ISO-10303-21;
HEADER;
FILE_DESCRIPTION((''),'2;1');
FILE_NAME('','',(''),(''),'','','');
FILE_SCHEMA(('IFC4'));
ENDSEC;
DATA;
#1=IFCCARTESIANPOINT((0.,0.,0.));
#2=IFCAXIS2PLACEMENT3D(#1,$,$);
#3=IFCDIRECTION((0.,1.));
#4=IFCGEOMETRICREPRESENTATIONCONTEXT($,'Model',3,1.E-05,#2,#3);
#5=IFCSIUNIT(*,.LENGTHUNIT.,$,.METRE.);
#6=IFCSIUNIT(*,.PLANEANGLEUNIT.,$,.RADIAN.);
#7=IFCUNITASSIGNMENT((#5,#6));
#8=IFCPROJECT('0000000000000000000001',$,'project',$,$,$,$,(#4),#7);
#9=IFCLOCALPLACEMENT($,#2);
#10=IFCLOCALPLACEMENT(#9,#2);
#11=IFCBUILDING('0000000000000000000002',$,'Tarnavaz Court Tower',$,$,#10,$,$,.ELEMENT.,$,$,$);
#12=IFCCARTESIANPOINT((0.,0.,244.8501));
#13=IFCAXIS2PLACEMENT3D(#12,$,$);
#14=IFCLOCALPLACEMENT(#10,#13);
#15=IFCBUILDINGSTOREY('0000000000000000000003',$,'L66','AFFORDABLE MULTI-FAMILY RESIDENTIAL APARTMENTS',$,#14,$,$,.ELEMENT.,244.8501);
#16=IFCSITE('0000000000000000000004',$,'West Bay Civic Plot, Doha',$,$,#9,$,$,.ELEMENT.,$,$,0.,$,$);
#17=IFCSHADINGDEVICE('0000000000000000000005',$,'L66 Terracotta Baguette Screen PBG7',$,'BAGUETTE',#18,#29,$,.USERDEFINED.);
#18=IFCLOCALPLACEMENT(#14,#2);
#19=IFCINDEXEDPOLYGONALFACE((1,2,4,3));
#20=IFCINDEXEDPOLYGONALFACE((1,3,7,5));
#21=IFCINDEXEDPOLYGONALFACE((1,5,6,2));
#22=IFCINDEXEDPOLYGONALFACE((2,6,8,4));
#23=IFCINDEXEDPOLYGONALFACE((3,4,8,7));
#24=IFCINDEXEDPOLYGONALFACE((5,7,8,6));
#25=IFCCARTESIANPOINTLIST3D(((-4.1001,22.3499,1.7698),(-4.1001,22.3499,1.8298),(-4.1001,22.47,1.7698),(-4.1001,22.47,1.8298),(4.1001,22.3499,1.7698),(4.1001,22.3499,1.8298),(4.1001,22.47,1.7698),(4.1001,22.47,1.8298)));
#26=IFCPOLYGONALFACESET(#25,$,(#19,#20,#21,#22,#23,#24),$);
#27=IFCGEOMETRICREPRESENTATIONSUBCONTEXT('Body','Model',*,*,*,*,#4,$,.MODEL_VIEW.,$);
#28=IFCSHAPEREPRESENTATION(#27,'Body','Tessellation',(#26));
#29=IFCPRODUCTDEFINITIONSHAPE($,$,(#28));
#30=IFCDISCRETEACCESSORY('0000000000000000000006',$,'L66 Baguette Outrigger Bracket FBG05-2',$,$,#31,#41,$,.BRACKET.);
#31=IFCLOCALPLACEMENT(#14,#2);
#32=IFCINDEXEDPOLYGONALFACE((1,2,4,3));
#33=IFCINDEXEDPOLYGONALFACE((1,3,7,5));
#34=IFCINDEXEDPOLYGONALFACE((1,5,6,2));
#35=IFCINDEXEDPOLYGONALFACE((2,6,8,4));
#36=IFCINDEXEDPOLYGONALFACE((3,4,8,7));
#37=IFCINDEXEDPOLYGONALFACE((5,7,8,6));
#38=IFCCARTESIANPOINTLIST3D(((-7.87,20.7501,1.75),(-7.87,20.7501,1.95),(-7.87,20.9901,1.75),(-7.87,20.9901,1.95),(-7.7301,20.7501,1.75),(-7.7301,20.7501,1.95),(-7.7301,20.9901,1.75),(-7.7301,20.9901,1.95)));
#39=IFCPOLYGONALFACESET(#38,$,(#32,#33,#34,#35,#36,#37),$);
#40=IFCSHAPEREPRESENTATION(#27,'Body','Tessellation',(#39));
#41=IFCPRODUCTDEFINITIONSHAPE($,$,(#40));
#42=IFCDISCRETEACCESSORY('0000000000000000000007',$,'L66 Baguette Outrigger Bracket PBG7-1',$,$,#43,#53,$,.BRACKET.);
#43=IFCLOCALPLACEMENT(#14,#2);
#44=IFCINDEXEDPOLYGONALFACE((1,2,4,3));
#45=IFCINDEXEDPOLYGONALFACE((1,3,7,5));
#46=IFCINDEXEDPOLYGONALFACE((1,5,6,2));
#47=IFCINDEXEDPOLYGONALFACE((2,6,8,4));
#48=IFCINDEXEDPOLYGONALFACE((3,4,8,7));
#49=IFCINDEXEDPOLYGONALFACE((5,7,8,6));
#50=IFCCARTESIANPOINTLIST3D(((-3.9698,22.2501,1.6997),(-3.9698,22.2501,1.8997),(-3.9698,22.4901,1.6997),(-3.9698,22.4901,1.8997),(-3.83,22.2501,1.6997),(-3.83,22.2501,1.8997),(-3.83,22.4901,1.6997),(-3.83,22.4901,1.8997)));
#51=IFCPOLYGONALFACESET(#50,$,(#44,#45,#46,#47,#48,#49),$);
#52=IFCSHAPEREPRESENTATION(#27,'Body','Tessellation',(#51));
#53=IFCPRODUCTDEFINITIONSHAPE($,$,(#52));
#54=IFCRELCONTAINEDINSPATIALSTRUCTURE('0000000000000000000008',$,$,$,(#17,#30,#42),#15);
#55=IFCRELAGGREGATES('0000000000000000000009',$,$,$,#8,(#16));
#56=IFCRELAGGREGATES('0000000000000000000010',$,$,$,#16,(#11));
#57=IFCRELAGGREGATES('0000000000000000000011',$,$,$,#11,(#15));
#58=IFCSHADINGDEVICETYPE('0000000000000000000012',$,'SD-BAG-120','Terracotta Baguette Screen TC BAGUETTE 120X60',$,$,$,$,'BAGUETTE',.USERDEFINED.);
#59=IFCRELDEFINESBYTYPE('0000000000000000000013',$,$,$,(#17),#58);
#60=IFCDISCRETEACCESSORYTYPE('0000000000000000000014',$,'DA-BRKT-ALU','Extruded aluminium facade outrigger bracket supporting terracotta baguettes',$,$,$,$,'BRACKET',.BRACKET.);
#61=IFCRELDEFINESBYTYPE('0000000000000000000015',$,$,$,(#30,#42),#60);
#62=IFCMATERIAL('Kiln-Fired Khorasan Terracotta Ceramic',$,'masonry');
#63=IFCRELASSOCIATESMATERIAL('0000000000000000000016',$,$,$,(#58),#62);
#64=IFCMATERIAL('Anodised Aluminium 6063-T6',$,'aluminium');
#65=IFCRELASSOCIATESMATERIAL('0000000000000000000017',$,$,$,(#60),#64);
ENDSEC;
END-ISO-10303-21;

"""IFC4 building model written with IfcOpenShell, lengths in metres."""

from ifc_helpers import new_model, si_unit, direction, frame, origin, origin_2d, place, context, subcontext, project, spatial, rectangle, extrude, material, material_profile, profile_set, type_object, element, save


model = new_model("IFC4")

# Units and contexts
model_context = context("Model", 3, precision=1e-05, world=origin(), true_north=direction((0.0, 1.0)))
body_context = subcontext(model_context, "Body", "Model", "MODEL_VIEW")
ifc_project = project(units=[si_unit("LENGTHUNIT", "METRE"), si_unit("PLANEANGLEUNIT", "RADIAN")], contexts=[model_context])

# Site, building, storey
site_placement = place(None, origin())
site = spatial("IfcSite", under=ifc_project, at=site_placement, Name="West Bay Civic Plot, Doha", CompositionType="ELEMENT", RefElevation=0.0)
building_placement = place(site_placement, origin())
building = spatial("IfcBuilding", under=site, at=building_placement, Name="Tarnavaz Court Tower", CompositionType="ELEMENT")
storey_placement = place(building_placement, frame((0.0, 0.0, 244.8501)))
storey = spatial("IfcBuildingStorey", under=building, at=storey_placement, Name="L66", Description="AFFORDABLE MULTI-FAMILY RESIDENTIAL APARTMENTS", CompositionType="ELEMENT", Elevation=244.8501)

# Shared definitions
ifc_material_1 = material(Name="Anodised Aluminium 6063-T6", Category="aluminium")

# Shading device
ifc_material_2 = material(Name="Kiln-Fired Khorasan Terracotta Ceramic", Category="masonry")
ifc_material_profile_1 = material_profile(ifc_material_2, rectangle(XDim=0.1201, YDim=0.0601, at=origin_2d()), Name="TC BAGUETTE 120X60")
ifc_profile_set_1 = profile_set([ifc_material_profile_1], Name="Kiln-Fired Khorasan Terracotta Ceramic")
shading_device_type = type_object("IfcShadingDeviceType", Name="SD-BAG-120", Description="Terracotta Baguette Screen TC BAGUETTE 120X60", ElementType="BAGUETTE", PredefinedType="USERDEFINED", material=ifc_profile_set_1)
shading_device_placement = place(storey_placement, frame((-4.1001, 22.4099, 1.7998), z_axis=(1.0, 0.0, 0.0), x_axis=(0.0, 1.0, 0.0)))
element("IfcShadingDevice", 1, at=shading_device_placement, inside=storey, type_object=shading_device_type, Name="L66 Terracotta Baguette Screen PBG7", ObjectType="BAGUETTE", PredefinedType="USERDEFINED", context=body_context, shape_type="SweptSolid", body=[
    extrude(rectangle(XDim=0.1201, YDim=0.0601, at=origin_2d()), origin(), (0.0, 0.0, 1.0), 8.2002),
])

# Discrete accessories
discrete_accessory_type = type_object("IfcDiscreteAccessoryType", Name="DA-BRKT-ALU", Description="Extruded aluminium facade outrigger bracket supporting terracotta baguettes", ElementType="BRACKET", PredefinedType="BRACKET", material=ifc_material_1)
for number, where, z_axis, x_axis, name in (
    (2, (-7.8, 20.8701, 1.75), (0.0, 0.0, 1.0), (1.0, 0.0, 0.0), "L66 Baguette Outrigger Bracket FBG05-2"),
    (3, (-3.8999, 22.3701, 1.6997), (0.0, 0.0, 1.0), (1.0, 0.0, 0.0), "L66 Baguette Outrigger Bracket PBG7-1"),
):
    element("IfcDiscreteAccessory", number, at=place(storey_placement, frame(where, z_axis=z_axis, x_axis=x_axis)), inside=storey, type_object=discrete_accessory_type, Name=name, PredefinedType="BRACKET", context=body_context, shape_type="SweptSolid", body=[
        extrude(rectangle(XDim=0.1399, YDim=0.24, at=origin_2d()), origin(), (0.0, 0.0, 1.0), 0.2),
    ])

save(model, "model.ifc")
